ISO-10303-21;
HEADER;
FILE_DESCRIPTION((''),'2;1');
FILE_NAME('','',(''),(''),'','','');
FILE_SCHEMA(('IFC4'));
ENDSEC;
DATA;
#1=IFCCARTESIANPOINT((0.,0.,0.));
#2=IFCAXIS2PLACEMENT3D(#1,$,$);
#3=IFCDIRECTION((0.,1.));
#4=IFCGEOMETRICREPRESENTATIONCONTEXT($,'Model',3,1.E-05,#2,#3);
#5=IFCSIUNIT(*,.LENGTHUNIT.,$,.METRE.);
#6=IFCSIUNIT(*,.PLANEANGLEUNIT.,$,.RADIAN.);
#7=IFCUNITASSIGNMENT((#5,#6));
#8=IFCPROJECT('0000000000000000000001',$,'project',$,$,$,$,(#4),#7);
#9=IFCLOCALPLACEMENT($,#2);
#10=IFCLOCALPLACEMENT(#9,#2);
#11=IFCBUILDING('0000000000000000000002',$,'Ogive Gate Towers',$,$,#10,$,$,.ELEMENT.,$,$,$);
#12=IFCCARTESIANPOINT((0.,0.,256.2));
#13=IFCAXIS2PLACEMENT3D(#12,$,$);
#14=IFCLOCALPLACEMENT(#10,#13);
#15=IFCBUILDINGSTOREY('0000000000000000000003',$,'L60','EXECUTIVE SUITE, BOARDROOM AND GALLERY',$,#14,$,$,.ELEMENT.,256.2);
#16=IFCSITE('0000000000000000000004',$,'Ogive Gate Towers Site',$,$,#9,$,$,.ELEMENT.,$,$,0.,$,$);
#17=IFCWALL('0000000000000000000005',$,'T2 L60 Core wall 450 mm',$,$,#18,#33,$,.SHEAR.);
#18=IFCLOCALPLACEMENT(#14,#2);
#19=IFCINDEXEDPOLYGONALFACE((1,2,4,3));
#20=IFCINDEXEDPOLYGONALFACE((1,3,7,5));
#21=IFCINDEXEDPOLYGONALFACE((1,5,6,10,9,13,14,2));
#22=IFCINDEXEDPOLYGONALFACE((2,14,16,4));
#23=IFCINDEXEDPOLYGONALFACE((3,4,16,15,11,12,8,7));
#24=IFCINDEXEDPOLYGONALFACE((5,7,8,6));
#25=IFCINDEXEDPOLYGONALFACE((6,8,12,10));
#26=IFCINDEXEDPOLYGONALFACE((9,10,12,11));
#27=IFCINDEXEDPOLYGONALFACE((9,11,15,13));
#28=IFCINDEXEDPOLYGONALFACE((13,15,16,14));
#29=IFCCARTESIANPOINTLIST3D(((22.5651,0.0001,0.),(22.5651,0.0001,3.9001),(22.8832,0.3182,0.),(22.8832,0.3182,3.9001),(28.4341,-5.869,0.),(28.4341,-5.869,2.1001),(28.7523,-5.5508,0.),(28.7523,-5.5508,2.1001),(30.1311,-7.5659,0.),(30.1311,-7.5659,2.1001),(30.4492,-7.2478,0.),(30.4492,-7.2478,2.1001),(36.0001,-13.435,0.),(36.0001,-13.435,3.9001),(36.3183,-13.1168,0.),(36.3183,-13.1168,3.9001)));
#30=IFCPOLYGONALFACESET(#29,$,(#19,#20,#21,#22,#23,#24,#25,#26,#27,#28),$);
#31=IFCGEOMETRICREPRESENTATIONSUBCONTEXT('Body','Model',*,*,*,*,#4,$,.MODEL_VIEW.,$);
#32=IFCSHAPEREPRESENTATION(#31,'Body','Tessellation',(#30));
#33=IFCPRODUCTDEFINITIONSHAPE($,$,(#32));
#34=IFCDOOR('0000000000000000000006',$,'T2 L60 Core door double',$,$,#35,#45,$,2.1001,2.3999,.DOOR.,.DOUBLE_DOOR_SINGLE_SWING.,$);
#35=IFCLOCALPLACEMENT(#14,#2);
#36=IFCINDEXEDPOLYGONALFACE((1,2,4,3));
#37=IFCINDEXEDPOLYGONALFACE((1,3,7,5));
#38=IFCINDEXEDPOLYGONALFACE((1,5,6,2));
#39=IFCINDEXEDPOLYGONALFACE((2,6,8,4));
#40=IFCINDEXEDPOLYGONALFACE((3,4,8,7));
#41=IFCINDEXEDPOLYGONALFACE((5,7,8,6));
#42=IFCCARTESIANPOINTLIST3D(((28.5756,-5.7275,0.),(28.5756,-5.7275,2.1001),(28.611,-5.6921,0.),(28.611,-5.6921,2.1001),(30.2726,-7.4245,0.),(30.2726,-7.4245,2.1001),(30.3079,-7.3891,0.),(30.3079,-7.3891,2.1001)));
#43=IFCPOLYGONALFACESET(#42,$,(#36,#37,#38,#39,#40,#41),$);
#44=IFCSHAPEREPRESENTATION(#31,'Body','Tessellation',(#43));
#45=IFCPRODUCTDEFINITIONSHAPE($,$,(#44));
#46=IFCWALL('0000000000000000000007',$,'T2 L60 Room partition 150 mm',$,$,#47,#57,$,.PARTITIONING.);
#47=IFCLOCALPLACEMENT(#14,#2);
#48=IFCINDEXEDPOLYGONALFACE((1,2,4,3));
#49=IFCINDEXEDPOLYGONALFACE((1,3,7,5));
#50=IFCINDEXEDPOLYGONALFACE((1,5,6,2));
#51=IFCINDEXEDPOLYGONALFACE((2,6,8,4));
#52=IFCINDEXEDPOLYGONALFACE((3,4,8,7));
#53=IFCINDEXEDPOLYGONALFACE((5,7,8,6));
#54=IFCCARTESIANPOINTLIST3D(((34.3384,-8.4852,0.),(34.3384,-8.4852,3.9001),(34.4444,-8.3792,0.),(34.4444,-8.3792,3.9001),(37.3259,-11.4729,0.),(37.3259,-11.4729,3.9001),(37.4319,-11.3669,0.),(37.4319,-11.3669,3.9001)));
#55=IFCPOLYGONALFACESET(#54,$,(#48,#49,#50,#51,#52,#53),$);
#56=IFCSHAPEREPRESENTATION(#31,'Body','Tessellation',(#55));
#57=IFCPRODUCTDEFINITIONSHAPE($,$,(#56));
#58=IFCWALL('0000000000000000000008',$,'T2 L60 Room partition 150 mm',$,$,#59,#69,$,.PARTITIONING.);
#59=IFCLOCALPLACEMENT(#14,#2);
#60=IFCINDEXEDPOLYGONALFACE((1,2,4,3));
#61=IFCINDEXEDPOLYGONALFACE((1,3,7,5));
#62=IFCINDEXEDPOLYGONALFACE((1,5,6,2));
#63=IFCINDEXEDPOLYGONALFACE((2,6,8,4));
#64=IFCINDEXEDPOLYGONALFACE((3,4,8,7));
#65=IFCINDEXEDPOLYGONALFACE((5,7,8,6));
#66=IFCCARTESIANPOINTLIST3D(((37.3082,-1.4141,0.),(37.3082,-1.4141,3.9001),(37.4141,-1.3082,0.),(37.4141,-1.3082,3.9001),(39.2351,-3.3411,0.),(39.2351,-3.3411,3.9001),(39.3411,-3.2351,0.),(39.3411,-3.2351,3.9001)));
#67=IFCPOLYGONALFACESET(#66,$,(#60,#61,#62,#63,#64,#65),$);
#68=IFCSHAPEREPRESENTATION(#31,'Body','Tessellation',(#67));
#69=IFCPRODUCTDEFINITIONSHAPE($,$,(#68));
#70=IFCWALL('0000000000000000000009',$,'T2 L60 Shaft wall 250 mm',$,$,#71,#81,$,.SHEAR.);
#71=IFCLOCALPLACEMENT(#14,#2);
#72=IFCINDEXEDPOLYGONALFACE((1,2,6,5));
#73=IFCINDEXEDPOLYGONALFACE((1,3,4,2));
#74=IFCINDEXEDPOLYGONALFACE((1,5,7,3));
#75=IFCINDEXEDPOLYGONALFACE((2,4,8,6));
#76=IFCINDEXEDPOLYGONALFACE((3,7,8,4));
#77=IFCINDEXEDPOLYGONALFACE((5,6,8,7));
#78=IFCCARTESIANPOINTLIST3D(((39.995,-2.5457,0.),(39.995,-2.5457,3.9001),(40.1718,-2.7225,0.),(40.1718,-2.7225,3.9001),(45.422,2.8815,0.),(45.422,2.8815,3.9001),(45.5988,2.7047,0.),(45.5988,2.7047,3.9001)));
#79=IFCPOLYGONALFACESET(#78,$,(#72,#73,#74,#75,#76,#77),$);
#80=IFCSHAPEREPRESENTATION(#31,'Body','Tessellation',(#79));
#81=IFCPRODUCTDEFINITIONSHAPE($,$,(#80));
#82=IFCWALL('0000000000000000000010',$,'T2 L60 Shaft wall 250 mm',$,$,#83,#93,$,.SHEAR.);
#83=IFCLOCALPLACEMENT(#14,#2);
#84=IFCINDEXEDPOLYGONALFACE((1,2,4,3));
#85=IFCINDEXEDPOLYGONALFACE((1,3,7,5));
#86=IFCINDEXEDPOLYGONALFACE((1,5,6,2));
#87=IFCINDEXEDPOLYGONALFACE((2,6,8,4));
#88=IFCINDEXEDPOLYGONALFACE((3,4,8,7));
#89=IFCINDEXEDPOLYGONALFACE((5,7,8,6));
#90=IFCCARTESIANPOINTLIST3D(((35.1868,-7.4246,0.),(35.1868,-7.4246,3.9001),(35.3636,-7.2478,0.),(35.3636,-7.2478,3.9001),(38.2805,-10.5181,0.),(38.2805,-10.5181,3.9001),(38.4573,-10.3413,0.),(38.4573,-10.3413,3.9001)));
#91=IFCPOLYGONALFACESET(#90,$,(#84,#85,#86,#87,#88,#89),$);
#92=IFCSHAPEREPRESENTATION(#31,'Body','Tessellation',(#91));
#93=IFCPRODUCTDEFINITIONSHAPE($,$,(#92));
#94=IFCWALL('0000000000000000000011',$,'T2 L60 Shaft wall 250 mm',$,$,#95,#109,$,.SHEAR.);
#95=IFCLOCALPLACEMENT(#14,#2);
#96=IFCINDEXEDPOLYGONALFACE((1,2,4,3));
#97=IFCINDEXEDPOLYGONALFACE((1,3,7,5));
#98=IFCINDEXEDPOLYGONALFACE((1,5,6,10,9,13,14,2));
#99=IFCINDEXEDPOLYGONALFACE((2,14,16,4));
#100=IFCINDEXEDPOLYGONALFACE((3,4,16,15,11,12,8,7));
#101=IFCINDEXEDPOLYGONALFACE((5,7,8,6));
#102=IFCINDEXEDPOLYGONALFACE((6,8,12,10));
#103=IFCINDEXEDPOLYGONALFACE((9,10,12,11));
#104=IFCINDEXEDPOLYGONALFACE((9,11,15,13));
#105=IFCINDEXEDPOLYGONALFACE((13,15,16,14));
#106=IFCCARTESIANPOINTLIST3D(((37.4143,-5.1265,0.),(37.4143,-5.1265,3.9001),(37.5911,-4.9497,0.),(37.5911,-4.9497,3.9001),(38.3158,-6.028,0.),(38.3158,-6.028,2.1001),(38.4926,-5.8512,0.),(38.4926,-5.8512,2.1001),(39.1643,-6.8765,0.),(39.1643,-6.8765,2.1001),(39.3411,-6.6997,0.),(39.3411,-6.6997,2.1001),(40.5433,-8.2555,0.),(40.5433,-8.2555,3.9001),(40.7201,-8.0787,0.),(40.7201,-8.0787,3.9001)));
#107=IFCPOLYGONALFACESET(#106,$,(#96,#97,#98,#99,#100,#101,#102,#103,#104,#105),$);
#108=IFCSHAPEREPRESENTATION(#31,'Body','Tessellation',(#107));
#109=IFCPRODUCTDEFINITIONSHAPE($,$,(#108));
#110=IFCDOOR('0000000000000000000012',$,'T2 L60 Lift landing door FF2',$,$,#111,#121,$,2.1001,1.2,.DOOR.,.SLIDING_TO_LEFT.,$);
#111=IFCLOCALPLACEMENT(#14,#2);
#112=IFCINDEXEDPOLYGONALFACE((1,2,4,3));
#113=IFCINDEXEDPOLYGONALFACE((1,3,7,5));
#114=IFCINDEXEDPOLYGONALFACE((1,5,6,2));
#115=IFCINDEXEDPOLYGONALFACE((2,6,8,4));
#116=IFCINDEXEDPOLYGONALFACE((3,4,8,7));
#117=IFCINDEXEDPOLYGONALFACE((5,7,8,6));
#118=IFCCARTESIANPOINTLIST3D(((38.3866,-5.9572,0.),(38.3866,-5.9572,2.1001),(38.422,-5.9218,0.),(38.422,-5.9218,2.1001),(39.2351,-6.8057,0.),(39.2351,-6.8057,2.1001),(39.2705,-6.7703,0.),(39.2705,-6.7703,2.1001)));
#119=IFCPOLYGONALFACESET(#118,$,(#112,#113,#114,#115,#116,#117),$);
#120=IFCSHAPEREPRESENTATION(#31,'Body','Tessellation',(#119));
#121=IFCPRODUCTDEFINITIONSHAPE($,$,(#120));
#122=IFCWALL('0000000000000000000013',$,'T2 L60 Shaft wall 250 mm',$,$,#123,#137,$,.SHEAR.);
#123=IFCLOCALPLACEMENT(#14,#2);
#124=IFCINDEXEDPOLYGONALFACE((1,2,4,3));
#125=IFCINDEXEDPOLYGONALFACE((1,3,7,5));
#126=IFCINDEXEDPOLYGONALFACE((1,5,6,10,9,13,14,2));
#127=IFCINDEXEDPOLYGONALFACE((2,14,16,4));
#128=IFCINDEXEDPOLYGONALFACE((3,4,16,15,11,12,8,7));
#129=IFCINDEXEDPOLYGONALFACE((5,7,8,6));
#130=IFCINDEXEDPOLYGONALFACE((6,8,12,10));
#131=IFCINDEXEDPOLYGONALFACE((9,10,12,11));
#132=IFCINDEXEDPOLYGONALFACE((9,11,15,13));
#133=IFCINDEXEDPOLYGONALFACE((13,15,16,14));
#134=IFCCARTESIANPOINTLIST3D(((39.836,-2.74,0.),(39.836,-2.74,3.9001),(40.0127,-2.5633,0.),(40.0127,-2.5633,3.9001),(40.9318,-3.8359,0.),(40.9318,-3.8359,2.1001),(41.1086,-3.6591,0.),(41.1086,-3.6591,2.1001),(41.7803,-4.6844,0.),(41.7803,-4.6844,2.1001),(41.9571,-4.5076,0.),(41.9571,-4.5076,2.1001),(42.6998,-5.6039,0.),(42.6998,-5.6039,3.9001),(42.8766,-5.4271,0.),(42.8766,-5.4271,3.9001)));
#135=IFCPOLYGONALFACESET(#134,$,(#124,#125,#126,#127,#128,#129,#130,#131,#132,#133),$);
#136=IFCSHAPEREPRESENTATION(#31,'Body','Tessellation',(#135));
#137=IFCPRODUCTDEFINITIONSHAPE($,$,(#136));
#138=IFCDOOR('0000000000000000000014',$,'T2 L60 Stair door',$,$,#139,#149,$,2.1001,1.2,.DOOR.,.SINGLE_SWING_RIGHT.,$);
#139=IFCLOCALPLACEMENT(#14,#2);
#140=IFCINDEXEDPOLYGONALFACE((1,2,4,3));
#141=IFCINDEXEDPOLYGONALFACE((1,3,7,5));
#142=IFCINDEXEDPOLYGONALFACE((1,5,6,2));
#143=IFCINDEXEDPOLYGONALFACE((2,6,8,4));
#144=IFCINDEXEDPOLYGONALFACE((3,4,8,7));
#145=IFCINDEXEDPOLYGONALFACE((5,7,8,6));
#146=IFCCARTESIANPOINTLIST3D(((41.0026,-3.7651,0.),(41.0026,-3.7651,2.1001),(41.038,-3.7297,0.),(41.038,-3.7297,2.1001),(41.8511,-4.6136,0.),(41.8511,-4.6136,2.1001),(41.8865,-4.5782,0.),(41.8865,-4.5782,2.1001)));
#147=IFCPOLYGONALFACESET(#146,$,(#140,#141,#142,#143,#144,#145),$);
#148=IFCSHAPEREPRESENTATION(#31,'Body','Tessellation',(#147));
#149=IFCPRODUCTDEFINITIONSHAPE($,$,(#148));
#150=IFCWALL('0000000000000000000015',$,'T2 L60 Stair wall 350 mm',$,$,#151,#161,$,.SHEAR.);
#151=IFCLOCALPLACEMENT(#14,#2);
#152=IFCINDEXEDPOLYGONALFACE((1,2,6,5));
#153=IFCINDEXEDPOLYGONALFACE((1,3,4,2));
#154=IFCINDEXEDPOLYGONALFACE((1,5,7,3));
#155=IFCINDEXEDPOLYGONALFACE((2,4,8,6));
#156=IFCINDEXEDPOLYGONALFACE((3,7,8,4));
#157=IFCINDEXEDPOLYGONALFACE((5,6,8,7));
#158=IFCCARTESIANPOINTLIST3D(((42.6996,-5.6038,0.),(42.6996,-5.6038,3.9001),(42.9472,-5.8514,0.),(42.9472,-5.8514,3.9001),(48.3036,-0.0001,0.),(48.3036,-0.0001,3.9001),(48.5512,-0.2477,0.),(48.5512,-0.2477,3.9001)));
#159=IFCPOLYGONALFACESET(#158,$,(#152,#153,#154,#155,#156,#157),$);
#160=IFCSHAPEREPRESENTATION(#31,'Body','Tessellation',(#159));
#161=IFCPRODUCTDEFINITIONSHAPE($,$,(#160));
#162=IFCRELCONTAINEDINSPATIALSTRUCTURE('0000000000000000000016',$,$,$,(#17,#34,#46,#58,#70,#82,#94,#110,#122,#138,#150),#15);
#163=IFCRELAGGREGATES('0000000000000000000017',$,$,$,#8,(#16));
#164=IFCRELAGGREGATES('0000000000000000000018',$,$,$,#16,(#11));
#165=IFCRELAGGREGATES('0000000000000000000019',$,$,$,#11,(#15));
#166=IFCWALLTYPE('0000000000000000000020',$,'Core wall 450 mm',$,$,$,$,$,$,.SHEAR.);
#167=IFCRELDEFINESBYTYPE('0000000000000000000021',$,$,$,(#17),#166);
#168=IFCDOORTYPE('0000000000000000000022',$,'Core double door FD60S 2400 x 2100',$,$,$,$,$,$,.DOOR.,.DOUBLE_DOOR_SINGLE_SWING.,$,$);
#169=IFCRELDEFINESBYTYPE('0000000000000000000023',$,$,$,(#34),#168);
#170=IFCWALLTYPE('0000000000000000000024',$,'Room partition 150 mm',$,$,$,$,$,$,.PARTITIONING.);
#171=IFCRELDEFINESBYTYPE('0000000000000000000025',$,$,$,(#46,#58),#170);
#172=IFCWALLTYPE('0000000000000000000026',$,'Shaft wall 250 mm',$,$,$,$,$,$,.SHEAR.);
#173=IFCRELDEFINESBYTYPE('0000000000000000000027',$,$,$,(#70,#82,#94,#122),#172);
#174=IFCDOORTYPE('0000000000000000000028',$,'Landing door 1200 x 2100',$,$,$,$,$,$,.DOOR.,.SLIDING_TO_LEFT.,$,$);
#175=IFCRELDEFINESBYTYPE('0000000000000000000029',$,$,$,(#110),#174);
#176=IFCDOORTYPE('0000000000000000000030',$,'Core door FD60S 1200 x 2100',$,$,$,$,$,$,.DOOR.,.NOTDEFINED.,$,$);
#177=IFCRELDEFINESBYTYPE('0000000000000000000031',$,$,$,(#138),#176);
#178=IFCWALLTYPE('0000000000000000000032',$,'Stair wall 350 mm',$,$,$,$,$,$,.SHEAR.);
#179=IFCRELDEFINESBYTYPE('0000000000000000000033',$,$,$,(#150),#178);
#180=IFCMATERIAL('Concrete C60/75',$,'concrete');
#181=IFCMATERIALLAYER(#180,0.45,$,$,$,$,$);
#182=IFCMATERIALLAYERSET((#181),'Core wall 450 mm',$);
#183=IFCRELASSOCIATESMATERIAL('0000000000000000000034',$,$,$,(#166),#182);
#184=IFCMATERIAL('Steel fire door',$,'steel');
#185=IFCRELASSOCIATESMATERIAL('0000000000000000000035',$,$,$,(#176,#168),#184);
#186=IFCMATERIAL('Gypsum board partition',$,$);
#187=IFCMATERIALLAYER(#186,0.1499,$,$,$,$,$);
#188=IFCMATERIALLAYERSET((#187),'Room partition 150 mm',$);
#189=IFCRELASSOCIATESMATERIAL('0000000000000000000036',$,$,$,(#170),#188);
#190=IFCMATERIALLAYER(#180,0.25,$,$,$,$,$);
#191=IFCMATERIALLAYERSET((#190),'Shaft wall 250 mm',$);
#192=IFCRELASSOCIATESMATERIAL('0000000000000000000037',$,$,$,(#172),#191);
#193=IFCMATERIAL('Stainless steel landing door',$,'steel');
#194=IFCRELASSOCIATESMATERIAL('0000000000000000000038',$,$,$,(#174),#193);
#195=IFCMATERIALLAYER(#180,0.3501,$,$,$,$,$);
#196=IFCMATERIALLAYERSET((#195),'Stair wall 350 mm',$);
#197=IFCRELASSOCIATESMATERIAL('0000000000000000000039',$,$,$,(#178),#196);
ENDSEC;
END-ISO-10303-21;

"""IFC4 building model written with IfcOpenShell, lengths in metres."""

from ifc_helpers import new_model, si_unit, direction, frame, frame_2d, origin, place, context, subcontext, project, spatial, rectangle, extrude, material, layer, layer_set, type_object, element, fill, save


model = new_model("IFC4")

# Units and contexts
model_context = context("Model", 3, precision=1e-05, world=origin(), true_north=direction((0.0, 1.0)))
body_context = subcontext(model_context, "Body", "Model", "MODEL_VIEW")
ifc_project = project(units=[si_unit("LENGTHUNIT", "METRE"), si_unit("PLANEANGLEUNIT", "RADIAN")], contexts=[model_context])

# Site, building, storey
site_placement = place(None, origin())
site = spatial("IfcSite", under=ifc_project, at=site_placement, Name="Ogive Gate Towers Site", CompositionType="ELEMENT", RefElevation=0.0)
building_placement = place(site_placement, origin())
building = spatial("IfcBuilding", under=site, at=building_placement, Name="Ogive Gate Towers", CompositionType="ELEMENT")
storey_placement = place(building_placement, frame((0.0, 0.0, 256.2)))
storey = spatial("IfcBuildingStorey", under=building, at=storey_placement, Name="L60", Description="EXECUTIVE SUITE, BOARDROOM AND GALLERY", CompositionType="ELEMENT", Elevation=256.2)

# Shared definitions
ifc_material_1 = material(Name="Concrete C60/75", Category="concrete")
ifc_layer_1 = layer(ifc_material_1, 0.45)
ifc_layer_set_1 = layer_set([ifc_layer_1], Name="Core wall 450 mm")
wall_type_1 = type_object("IfcWallType", Name="Core wall 450 mm", PredefinedType="SHEAR", material=ifc_layer_set_1)
ifc_material_2 = material(Name="Steel fire door", Category="steel")
door_type_1 = type_object("IfcDoorType", Name="Core door FD60S 1200 x 2100", OperationType="NOTDEFINED", PredefinedType="DOOR", material=ifc_material_2)

# Wall, opening, door
wall_1_placement = place(storey_placement, frame((36.1592, -13.2759, 0.0), z_axis=(0.0, 0.0, 1.0), x_axis=(-0.707107, 0.707107, 0.0)))
wall_1 = element("IfcWall", 1, at=wall_1_placement, inside=storey, type_object=wall_type_1, Name="T2 L60 Core wall 450 mm", PredefinedType="SHEAR", context=body_context, shape_type="SweptSolid", body=[
    extrude(rectangle(XDim=19.0, YDim=0.45, at=frame_2d((9.5, 0.0))), origin(), (0.0, 0.0, 1.0), 3.9001),
])
opening_1_placement = place(wall_1_placement, frame((8.3, 0.0, 0.0)))
opening_1 = element("IfcOpeningElement", 2, at=opening_1_placement, cuts=wall_1, PredefinedType="OPENING", context=body_context, shape_type="SweptSolid", body=[
    extrude(rectangle(XDim=2.3999, YDim=2.1001, at=frame_2d((1.2, 1.05))), frame((0.0, 0.2349, 0.0), z_axis=(0.0, -1.0, 0.0), x_axis=(1.0, 0.0, 0.0)), (0.0, 0.0, 1.0), 0.47),
])
door_type_2 = type_object("IfcDoorType", Name="Core double door FD60S 2400 x 2100", OperationType="DOUBLE_DOOR_SINGLE_SWING", PredefinedType="DOOR", material=ifc_material_2)
door_1_placement = place(opening_1_placement, origin())
door_1 = element("IfcDoor", 3, at=door_1_placement, inside=storey, type_object=door_type_2, Name="T2 L60 Core door double", OperationType="DOUBLE_DOOR_SINGLE_SWING", OverallHeight=2.1001, OverallWidth=2.3999, PredefinedType="DOOR", context=body_context, shape_type="SweptSolid", body=[
    extrude(rectangle(XDim=2.3999, YDim=2.1001, at=frame_2d((1.2, 1.05))), frame((0.0, 0.0249, 0.0), z_axis=(0.0, -1.0, 0.0), x_axis=(1.0, 0.0, 0.0)), (0.0, 0.0, 1.0), 0.05),
])
fill(opening_1, door_1)

# Walls
ifc_material_3 = material(Name="Gypsum board partition")
ifc_layer_2 = layer(ifc_material_3, 0.1499)
ifc_layer_set_2 = layer_set([ifc_layer_2], Name="Room partition 150 mm")
wall_type_2 = type_object("IfcWallType", Name="Room partition 150 mm", PredefinedType="PARTITIONING", material=ifc_layer_set_2)
wall_2_placement = place(storey_placement, frame((37.3789, -11.4199, 0.0), z_axis=(0.0, 0.0, 1.0), x_axis=(-0.707078, 0.707136, 0.0)))
element("IfcWall", 4, at=wall_2_placement, inside=storey, type_object=wall_type_2, Name="T2 L60 Room partition 150 mm", PredefinedType="PARTITIONING", context=body_context, shape_type="SweptSolid", body=[
    extrude(rectangle(XDim=4.2251, YDim=0.1499, at=frame_2d((2.1125, 0.0))), origin(), (0.0, 0.0, 1.0), 3.9001),
])
wall_3_placement = place(storey_placement, frame((39.2881, -3.2881, 0.0), z_axis=(0.0, 0.0, 1.0), x_axis=(-0.707107, 0.707107, 0.0)))
element("IfcWall", 5, at=wall_3_placement, inside=storey, type_object=wall_type_2, Name="T2 L60 Room partition 150 mm", PredefinedType="PARTITIONING", context=body_context, shape_type="SweptSolid", body=[
    extrude(rectangle(XDim=2.7251, YDim=0.1499, at=frame_2d((1.3625, 0.0))), origin(), (0.0, 0.0, 1.0), 3.9001),
])
ifc_layer_3 = layer(ifc_material_1, 0.25)
ifc_layer_set_3 = layer_set([ifc_layer_3], Name="Shaft wall 250 mm")
wall_type_3 = type_object("IfcWallType", Name="Shaft wall 250 mm", PredefinedType="SHEAR", material=ifc_layer_set_3)
wall_4_placement = place(storey_placement, frame((40.0835, -2.634, 0.0), z_axis=(0.0, 0.0, 1.0), x_axis=(0.707091, 0.707123, 0.0)))
element("IfcWall", 6, at=wall_4_placement, inside=storey, type_object=wall_type_3, Name="T2 L60 Shaft wall 250 mm", PredefinedType="SHEAR", context=body_context, shape_type="SweptSolid", body=[
    extrude(rectangle(XDim=7.675, YDim=0.25, at=frame_2d((3.8374, 0.0))), origin(), (0.0, 0.0, 1.0), 3.9001),
])
wall_5_placement = place(storey_placement, frame((38.3689, -10.4297, 0.0), z_axis=(0.0, 0.0, 1.0), x_axis=(-0.707135, 0.707079, 0.0)))
element("IfcWall", 7, at=wall_5_placement, inside=storey, type_object=wall_type_3, Name="T2 L60 Shaft wall 250 mm", PredefinedType="SHEAR", context=body_context, shape_type="SweptSolid", body=[
    extrude(rectangle(XDim=4.375, YDim=0.25, at=frame_2d((2.1875, 0.0))), origin(), (0.0, 0.0, 1.0), 3.9001),
])

# Walls, openings, doors
wall_6_placement = place(storey_placement, frame((40.6316, -8.167, 0.0), z_axis=(0.0, 0.0, 1.0), x_axis=(-0.707107, 0.707107, 0.0)))
wall_6 = element("IfcWall", 8, at=wall_6_placement, inside=storey, type_object=wall_type_3, Name="T2 L60 Shaft wall 250 mm", PredefinedType="SHEAR", context=body_context, shape_type="SweptSolid", body=[
    extrude(rectangle(XDim=4.425, YDim=0.25, at=frame_2d((2.2124, 0.0))), origin(), (0.0, 0.0, 1.0), 3.9001),
])
opening_2_placement = place(wall_6_placement, frame((1.95, 0.0, 0.0)))
opening_2 = element("IfcOpeningElement", 9, at=opening_2_placement, cuts=wall_6, PredefinedType="OPENING", context=body_context, shape_type="SweptSolid", body=[
    extrude(rectangle(XDim=1.2, YDim=2.1001, at=frame_2d((0.6001, 1.05))), frame((0.0, 0.135, 0.0), z_axis=(0.0, -1.0, 0.0), x_axis=(1.0, 0.0, 0.0)), (0.0, 0.0, 1.0), 0.27),
])
ifc_material_4 = material(Name="Stainless steel landing door", Category="steel")
door_type_3 = type_object("IfcDoorType", Name="Landing door 1200 x 2100", OperationType="SLIDING_TO_LEFT", PredefinedType="DOOR", material=ifc_material_4)
door_2_placement = place(opening_2_placement, origin())
door_2 = element("IfcDoor", 10, at=door_2_placement, inside=storey, type_object=door_type_3, Name="T2 L60 Lift landing door FF2", OperationType="SLIDING_TO_LEFT", OverallHeight=2.1001, OverallWidth=1.2, PredefinedType="DOOR", context=body_context, shape_type="SweptSolid", body=[
    extrude(rectangle(XDim=1.2, YDim=2.1001, at=frame_2d((0.6001, 1.05))), frame((0.0, 0.0249, 0.0), z_axis=(0.0, -1.0, 0.0), x_axis=(1.0, 0.0, 0.0)), (0.0, 0.0, 1.0), 0.05),
])
fill(opening_2, door_2)
wall_7_placement = place(storey_placement, frame((42.7881, -5.5154, 0.0), z_axis=(0.0, 0.0, 1.0), x_axis=(-0.707107, 0.707107, 0.0)))
wall_7 = element("IfcWall", 11, at=wall_7_placement, inside=storey, type_object=wall_type_3, Name="T2 L60 Shaft wall 250 mm", PredefinedType="SHEAR", context=body_context, shape_type="SweptSolid", body=[
    extrude(rectangle(XDim=4.05, YDim=0.25, at=frame_2d((2.0249, 0.0))), origin(), (0.0, 0.0, 1.0), 3.9001),
])
opening_3_placement = place(wall_7_placement, frame((1.3, 0.0, 0.0)))
opening_3 = element("IfcOpeningElement", 12, at=opening_3_placement, cuts=wall_7, PredefinedType="OPENING", context=body_context, shape_type="SweptSolid", body=[
    extrude(rectangle(XDim=1.2, YDim=2.1001, at=frame_2d((0.6001, 1.05))), frame((0.0, 0.135, 0.0), z_axis=(0.0, -1.0, 0.0), x_axis=(1.0, 0.0, 0.0)), (0.0, 0.0, 1.0), 0.27),
])
door_3_placement = place(opening_3_placement, origin())
door_3 = element("IfcDoor", 13, at=door_3_placement, inside=storey, type_object=door_type_1, Name="T2 L60 Stair door", OperationType="SINGLE_SWING_RIGHT", OverallHeight=2.1001, OverallWidth=1.2, PredefinedType="DOOR", context=body_context, shape_type="SweptSolid", body=[
    extrude(rectangle(XDim=1.2, YDim=2.1001, at=frame_2d((0.6001, 1.05))), frame((0.0, 0.0249, 0.0), z_axis=(0.0, -1.0, 0.0), x_axis=(1.0, 0.0, 0.0)), (0.0, 0.0, 1.0), 0.05),
])
fill(opening_3, door_3)

# Wall
ifc_layer_4 = layer(ifc_material_1, 0.3501)
ifc_layer_set_4 = layer_set([ifc_layer_4], Name="Stair wall 350 mm")
wall_type_4 = type_object("IfcWallType", Name="Stair wall 350 mm", PredefinedType="SHEAR", material=ifc_layer_set_4)
wall_8_placement = place(storey_placement, frame((42.8235, -5.7275, 0.0), z_axis=(0.0, 0.0, 1.0), x_axis=(0.707122, 0.707091, 0.0)))
element("IfcWall", 14, at=wall_8_placement, inside=storey, type_object=wall_type_4, Name="T2 L60 Stair wall 350 mm", PredefinedType="SHEAR", context=body_context, shape_type="SweptSolid", body=[
    extrude(rectangle(XDim=7.925, YDim=0.3501, at=frame_2d((3.9624, 0.0))), origin(), (0.0, 0.0, 1.0), 3.9001),
])

save(model, "model.ifc")
